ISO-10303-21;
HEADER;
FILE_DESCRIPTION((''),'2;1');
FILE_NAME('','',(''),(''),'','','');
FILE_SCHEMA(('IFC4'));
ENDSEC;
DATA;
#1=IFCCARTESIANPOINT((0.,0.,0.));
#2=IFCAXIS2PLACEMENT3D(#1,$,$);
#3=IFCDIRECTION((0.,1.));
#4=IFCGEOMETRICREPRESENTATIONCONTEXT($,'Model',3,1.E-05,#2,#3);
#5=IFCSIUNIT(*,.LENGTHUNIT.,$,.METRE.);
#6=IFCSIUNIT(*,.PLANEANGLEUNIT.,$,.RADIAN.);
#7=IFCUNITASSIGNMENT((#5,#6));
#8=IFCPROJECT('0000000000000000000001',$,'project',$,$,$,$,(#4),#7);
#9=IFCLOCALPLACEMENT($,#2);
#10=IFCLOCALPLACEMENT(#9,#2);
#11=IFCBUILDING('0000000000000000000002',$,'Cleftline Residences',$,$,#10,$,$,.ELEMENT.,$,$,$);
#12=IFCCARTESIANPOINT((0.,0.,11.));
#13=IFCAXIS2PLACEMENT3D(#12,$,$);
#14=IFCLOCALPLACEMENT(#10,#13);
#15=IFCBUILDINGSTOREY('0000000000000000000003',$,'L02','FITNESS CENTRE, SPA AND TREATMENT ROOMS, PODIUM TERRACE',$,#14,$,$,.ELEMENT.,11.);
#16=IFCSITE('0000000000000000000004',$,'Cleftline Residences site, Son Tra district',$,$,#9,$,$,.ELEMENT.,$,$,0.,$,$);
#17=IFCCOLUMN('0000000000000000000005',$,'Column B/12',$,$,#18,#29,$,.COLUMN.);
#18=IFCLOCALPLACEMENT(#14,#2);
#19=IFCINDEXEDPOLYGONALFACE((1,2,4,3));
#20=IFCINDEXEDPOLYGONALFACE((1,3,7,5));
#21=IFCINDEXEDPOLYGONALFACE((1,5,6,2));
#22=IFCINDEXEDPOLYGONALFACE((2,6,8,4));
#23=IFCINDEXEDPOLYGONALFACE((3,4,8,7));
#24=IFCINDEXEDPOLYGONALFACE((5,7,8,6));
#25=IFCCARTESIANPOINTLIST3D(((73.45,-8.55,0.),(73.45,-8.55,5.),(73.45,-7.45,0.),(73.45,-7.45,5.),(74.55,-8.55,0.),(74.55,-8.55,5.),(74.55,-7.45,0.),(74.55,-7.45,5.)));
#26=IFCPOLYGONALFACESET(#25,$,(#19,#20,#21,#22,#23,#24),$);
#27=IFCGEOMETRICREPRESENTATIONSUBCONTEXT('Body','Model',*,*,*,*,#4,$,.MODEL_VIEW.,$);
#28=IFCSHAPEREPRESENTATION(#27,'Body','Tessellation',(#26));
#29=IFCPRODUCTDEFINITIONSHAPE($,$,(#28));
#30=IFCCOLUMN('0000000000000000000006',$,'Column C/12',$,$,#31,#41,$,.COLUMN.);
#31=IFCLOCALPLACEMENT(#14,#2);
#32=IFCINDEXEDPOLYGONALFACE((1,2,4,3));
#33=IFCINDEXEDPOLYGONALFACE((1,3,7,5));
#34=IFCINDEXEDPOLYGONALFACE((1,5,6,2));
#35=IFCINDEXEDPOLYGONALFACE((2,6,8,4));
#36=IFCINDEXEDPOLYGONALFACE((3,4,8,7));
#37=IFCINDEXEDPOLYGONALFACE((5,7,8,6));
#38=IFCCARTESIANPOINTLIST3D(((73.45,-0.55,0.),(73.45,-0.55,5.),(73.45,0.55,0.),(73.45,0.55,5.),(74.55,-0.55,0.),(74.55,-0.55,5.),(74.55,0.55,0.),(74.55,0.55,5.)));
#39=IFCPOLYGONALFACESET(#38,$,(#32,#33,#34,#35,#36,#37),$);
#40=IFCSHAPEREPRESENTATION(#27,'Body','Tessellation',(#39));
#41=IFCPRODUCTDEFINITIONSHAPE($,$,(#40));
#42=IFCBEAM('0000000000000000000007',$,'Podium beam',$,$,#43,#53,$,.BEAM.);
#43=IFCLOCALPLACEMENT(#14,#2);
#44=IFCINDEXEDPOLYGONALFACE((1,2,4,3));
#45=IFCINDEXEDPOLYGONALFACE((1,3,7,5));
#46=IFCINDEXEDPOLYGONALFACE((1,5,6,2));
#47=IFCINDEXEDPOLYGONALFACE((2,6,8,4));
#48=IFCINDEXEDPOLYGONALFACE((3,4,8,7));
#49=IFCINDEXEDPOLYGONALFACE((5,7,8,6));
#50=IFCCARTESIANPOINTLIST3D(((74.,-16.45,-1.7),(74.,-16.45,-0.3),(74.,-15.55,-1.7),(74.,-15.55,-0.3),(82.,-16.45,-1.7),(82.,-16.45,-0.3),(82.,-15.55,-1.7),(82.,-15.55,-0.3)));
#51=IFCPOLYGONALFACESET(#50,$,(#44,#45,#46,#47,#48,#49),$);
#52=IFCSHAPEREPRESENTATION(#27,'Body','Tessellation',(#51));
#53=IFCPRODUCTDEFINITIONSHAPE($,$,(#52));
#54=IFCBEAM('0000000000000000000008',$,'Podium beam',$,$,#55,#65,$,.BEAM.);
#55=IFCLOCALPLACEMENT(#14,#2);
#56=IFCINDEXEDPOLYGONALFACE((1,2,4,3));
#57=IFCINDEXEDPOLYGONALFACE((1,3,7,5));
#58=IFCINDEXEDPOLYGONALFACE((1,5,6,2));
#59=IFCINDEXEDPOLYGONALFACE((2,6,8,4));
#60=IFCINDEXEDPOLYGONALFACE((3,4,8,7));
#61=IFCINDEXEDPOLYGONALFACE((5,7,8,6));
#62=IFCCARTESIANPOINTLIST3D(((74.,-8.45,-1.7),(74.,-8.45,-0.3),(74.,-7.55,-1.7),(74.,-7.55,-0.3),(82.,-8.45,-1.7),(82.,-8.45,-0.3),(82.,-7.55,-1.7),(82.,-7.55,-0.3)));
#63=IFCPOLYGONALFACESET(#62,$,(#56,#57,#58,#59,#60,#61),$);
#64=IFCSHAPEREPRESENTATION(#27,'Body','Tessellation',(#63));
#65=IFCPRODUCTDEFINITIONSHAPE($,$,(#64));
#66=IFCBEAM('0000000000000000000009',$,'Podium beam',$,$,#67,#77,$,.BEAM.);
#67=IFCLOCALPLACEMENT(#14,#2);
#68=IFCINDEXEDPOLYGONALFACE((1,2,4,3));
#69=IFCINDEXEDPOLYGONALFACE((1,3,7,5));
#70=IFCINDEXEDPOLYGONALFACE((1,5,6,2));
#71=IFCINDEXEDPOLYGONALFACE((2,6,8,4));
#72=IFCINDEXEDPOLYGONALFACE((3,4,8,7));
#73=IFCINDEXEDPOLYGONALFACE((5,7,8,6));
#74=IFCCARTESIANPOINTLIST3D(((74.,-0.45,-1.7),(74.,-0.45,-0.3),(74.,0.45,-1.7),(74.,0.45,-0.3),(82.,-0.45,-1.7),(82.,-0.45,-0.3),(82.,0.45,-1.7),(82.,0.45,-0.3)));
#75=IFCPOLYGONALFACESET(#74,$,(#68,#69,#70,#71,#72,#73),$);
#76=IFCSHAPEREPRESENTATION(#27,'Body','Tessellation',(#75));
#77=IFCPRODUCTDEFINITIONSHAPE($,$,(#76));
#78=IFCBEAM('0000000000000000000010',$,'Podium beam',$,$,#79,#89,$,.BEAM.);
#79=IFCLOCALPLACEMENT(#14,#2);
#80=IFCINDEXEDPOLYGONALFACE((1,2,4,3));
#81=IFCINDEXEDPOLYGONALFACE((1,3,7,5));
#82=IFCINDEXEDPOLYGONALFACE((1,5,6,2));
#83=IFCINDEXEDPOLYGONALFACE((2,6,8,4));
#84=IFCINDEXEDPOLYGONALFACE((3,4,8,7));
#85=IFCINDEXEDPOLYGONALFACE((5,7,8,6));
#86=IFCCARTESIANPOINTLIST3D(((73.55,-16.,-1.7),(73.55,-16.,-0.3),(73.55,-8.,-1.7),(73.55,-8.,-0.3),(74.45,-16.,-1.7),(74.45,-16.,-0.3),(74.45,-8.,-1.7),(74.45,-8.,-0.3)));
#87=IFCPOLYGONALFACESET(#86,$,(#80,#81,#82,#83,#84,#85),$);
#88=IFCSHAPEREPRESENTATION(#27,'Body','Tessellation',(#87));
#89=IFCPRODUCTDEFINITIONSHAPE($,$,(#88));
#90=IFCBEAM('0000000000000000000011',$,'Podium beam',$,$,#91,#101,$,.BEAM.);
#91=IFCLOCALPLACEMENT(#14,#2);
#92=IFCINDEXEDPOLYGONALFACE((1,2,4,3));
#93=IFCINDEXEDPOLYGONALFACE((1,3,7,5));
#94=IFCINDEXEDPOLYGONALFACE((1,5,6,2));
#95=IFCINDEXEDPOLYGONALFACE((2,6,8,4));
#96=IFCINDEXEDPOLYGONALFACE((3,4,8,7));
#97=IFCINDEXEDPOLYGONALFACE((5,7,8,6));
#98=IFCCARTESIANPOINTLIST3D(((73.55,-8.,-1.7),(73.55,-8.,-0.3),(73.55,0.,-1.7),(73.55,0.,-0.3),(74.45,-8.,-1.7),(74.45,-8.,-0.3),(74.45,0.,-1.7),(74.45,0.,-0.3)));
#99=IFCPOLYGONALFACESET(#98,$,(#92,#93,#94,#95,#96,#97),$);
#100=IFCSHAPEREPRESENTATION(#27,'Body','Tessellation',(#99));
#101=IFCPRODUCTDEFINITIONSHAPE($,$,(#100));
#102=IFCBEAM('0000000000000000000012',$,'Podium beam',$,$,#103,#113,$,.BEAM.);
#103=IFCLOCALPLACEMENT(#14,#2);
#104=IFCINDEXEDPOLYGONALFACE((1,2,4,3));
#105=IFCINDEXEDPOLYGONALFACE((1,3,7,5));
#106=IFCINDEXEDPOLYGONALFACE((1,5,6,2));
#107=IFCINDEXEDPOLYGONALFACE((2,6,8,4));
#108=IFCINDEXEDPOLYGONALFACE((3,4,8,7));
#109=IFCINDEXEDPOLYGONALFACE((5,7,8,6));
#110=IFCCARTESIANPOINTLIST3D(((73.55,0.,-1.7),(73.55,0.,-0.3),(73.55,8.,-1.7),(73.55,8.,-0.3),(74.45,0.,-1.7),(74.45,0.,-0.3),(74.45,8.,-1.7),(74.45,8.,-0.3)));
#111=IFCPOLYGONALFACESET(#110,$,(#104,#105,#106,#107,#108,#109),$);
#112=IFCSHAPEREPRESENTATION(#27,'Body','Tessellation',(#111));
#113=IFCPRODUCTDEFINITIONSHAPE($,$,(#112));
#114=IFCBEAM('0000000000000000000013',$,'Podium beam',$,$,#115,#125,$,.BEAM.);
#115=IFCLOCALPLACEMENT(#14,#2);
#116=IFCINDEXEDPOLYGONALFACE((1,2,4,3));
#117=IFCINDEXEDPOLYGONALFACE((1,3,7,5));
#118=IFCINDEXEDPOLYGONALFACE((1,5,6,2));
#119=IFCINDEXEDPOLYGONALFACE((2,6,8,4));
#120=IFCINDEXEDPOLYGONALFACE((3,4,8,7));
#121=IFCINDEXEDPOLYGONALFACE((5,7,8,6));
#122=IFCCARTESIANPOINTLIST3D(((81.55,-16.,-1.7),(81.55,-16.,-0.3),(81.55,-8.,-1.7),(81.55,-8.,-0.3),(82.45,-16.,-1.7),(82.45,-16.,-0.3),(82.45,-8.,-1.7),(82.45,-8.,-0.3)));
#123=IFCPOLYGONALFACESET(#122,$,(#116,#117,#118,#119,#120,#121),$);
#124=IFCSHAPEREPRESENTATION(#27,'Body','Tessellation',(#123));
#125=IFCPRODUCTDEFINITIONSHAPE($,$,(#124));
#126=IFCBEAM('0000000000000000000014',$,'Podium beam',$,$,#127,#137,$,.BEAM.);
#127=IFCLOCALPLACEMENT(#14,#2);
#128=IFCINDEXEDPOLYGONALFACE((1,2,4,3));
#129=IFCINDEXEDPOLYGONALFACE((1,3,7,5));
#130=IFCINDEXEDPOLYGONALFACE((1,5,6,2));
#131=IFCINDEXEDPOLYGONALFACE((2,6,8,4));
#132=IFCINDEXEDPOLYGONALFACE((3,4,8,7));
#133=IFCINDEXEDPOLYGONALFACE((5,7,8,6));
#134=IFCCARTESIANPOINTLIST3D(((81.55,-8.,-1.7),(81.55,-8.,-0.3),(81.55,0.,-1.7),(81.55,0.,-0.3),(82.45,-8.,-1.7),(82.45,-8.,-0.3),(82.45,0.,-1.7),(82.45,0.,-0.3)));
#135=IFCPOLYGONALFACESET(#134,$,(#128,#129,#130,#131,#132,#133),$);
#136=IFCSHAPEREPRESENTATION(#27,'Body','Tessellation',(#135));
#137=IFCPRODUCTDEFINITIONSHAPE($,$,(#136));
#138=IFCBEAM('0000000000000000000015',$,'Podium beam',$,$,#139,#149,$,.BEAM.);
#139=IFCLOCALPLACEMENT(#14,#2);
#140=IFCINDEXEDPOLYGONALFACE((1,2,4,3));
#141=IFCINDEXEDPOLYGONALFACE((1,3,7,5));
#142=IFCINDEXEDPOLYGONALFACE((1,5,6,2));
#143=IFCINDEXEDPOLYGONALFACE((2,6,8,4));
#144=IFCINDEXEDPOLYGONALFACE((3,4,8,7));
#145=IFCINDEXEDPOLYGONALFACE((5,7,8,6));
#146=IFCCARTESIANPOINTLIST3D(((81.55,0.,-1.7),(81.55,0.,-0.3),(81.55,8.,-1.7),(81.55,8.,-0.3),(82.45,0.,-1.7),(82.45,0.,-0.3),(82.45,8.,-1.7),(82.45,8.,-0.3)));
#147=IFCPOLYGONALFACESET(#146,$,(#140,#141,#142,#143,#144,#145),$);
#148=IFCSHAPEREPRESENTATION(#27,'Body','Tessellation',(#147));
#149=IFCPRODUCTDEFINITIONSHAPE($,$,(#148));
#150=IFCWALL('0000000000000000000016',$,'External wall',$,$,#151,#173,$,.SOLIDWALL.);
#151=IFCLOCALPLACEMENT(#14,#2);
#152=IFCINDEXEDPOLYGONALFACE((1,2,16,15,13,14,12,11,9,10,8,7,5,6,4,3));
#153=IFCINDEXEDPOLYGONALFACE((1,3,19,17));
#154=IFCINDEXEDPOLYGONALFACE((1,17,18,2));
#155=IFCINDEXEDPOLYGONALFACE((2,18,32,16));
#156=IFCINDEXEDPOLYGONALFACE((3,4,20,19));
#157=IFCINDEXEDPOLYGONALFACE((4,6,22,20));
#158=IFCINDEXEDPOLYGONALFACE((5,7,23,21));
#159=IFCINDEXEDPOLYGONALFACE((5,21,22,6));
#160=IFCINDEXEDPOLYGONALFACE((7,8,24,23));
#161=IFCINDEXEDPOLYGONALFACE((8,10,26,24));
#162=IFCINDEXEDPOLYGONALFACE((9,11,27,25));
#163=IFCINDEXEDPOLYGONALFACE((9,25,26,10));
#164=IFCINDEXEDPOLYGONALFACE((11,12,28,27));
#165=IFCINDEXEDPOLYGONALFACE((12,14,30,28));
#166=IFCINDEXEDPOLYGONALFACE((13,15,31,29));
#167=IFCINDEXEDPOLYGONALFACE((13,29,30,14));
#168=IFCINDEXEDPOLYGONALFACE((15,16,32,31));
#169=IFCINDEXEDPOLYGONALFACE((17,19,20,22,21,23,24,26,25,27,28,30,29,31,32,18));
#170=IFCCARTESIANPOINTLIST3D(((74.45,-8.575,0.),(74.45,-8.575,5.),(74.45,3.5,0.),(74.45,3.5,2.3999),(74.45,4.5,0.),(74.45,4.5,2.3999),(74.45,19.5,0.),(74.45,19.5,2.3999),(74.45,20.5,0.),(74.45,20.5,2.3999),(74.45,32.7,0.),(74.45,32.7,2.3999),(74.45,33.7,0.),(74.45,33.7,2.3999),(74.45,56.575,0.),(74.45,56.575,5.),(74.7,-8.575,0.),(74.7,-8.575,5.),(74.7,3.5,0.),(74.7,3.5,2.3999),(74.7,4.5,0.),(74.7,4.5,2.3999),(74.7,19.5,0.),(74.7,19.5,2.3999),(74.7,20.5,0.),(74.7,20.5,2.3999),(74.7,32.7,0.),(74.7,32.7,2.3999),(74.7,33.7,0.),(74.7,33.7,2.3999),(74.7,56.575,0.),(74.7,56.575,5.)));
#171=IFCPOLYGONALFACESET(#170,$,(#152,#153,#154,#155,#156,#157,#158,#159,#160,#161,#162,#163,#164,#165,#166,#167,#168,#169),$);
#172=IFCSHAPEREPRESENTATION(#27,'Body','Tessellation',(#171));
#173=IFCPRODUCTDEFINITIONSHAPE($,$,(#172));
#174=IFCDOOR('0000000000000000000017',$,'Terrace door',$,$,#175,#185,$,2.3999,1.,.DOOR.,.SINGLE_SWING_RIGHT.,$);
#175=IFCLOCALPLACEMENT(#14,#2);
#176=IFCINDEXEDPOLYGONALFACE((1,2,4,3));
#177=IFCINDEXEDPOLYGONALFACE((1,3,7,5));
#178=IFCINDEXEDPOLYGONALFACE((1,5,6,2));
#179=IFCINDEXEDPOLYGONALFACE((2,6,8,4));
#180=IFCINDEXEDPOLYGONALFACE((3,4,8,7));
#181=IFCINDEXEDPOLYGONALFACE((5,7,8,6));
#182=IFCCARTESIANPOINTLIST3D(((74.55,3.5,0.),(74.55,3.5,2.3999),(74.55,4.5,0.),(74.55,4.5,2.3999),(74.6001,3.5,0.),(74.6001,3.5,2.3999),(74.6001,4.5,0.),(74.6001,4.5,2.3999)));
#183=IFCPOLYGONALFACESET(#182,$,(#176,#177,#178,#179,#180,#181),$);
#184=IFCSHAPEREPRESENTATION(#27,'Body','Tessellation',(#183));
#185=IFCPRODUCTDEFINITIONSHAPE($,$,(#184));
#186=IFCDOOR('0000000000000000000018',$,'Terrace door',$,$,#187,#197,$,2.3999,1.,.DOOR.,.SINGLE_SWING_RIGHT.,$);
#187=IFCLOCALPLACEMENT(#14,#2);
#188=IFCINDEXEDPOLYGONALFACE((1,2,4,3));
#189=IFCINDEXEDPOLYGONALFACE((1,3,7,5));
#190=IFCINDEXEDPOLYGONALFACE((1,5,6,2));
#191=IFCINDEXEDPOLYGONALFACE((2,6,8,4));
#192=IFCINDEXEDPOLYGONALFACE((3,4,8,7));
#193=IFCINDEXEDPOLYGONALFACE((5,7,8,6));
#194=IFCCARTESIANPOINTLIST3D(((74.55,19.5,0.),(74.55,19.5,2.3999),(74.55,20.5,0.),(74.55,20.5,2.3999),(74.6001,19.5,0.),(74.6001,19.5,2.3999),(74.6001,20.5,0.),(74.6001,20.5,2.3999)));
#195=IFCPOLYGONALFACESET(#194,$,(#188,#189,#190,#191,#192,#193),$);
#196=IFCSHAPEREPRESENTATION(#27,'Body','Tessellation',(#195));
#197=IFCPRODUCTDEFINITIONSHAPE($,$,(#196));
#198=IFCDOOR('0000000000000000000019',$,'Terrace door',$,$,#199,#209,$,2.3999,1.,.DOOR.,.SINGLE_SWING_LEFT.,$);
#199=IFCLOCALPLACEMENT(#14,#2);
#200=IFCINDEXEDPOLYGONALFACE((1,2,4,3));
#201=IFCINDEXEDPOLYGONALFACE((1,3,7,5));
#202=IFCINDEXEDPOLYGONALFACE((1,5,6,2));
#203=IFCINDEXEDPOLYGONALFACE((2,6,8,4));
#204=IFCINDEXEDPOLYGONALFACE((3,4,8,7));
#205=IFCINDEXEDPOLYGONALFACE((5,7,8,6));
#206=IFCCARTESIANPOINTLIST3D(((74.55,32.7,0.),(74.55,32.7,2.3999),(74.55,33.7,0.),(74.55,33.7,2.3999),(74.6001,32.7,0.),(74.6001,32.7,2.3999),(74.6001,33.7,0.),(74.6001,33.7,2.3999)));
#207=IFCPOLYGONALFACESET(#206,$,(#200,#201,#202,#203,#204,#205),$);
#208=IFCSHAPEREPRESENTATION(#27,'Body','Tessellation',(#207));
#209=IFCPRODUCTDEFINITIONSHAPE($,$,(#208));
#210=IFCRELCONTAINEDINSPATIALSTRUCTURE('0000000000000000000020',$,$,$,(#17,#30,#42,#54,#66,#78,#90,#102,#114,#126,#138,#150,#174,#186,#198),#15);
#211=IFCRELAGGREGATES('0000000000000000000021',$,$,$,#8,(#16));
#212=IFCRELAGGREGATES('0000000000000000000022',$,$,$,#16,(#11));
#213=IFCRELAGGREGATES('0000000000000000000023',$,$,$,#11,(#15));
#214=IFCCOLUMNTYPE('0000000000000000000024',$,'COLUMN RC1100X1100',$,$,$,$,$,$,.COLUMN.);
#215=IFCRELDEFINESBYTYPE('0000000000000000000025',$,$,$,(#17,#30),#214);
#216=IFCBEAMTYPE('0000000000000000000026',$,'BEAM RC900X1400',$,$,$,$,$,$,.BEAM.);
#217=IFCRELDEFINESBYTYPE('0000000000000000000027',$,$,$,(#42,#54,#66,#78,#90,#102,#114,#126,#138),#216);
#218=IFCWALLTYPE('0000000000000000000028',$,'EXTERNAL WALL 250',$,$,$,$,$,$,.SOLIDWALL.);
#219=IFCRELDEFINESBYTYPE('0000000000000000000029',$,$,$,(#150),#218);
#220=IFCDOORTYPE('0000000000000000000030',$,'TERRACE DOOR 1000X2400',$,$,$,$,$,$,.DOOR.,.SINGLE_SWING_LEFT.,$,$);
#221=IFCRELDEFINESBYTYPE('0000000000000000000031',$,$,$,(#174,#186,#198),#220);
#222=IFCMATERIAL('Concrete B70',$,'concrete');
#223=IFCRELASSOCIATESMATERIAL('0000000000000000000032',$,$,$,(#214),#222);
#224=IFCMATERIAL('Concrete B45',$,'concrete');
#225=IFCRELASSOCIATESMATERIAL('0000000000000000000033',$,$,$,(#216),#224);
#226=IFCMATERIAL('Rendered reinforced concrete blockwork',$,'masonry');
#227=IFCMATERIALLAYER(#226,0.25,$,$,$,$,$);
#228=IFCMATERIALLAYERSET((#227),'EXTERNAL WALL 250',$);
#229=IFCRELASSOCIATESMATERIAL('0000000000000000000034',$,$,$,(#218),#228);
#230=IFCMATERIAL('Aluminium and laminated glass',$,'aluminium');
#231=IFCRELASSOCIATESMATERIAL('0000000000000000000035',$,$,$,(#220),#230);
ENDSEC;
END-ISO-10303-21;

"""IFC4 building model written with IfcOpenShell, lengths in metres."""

from ifc_helpers import new_model, si_unit, direction, frame, frame_2d, origin, origin_2d, place, context, subcontext, project, spatial, rectangle, extrude, material, layer, layer_set, material_profile, profile_set, type_object, element, fill, save


model = new_model("IFC4")

# Units and contexts
model_context = context("Model", 3, precision=1e-05, world=origin(), true_north=direction((0.0, 1.0)))
body_context = subcontext(model_context, "Body", "Model", "MODEL_VIEW")
ifc_project = project(units=[si_unit("LENGTHUNIT", "METRE"), si_unit("PLANEANGLEUNIT", "RADIAN")], contexts=[model_context])

# Site, building, storey
site_placement = place(None, origin())
site = spatial("IfcSite", under=ifc_project, at=site_placement, Name="Cleftline Residences site, Son Tra district", CompositionType="ELEMENT", RefElevation=0.0)
building_placement = place(site_placement, origin())
building = spatial("IfcBuilding", under=site, at=building_placement, Name="Cleftline Residences", CompositionType="ELEMENT")
storey_placement = place(building_placement, frame((0.0, 0.0, 11.0)))
storey = spatial("IfcBuildingStorey", under=building, at=storey_placement, Name="L02", Description="FITNESS CENTRE, SPA AND TREATMENT ROOMS, PODIUM TERRACE", CompositionType="ELEMENT", Elevation=11.0)

# Columns
ifc_material_1 = material(Name="Concrete B70", Category="concrete")
ifc_material_profile_1 = material_profile(ifc_material_1, rectangle(XDim=1.1001, YDim=1.1001, at=origin_2d()))
ifc_profile_set_1 = profile_set([ifc_material_profile_1], Name="Concrete B70")
column_type = type_object("IfcColumnType", Name="COLUMN RC1100X1100", PredefinedType="COLUMN", material=ifc_profile_set_1)
for number, where, z_axis, x_axis, name in (
    (1, (74.0, -8.0, 0.0), (0.0, 0.0, 1.0), (1.0, 0.0, 0.0), "Column B/12"),
    (2, (74.0, 0.0, 0.0), (0.0, 0.0, 1.0), (1.0, 0.0, 0.0), "Column C/12"),
):
    element("IfcColumn", number, at=place(storey_placement, frame(where, z_axis=z_axis, x_axis=x_axis)), inside=storey, type_object=column_type, Name=name, PredefinedType="COLUMN", context=body_context, shape_type="SweptSolid", body=[
        extrude(rectangle(XDim=1.1001, YDim=1.1001, at=origin_2d()), origin(), (0.0, 0.0, 1.0), 5.0),
    ])

# Beams
ifc_material_2 = material(Name="Concrete B45", Category="concrete")
ifc_material_profile_2 = material_profile(ifc_material_2, rectangle(XDim=0.8999, YDim=1.3999, at=origin_2d()))
ifc_profile_set_2 = profile_set([ifc_material_profile_2], Name="Concrete B45")
beam_type = type_object("IfcBeamType", Name="BEAM RC900X1400", PredefinedType="BEAM", material=ifc_profile_set_2)
for number, where, z_axis, x_axis, name in (
    (3, (74.0, -16.0, -1.0), (1.0, 0.0, 0.0), (0.0, 1.0, 0.0), "Podium beam"),
    (4, (74.0, -8.0, -1.0), (1.0, 0.0, 0.0), (0.0, 1.0, 0.0), "Podium beam"),
    (5, (74.0, 0.0, -1.0), (1.0, 0.0, 0.0), (0.0, 1.0, 0.0), "Podium beam"),
    (6, (74.0, -16.0, -1.0), (0.0, 1.0, 0.0), (-1.0, 0.0, 0.0), "Podium beam"),
    (7, (74.0, -8.0, -1.0), (0.0, 1.0, 0.0), (-1.0, 0.0, 0.0), "Podium beam"),
    (8, (74.0, 0.0, -1.0), (0.0, 1.0, 0.0), (-1.0, 0.0, 0.0), "Podium beam"),
    (9, (82.0, -16.0, -1.0), (0.0, 1.0, 0.0), (-1.0, 0.0, 0.0), "Podium beam"),
    (10, (82.0, -8.0, -1.0), (0.0, 1.0, 0.0), (-1.0, 0.0, 0.0), "Podium beam"),
    (11, (82.0, 0.0, -1.0), (0.0, 1.0, 0.0), (-1.0, 0.0, 0.0), "Podium beam"),
):
    element("IfcBeam", number, at=place(storey_placement, frame(where, z_axis=z_axis, x_axis=x_axis)), inside=storey, type_object=beam_type, Name=name, PredefinedType="BEAM", context=body_context, shape_type="SweptSolid", body=[
        extrude(rectangle(XDim=0.8999, YDim=1.3999, at=origin_2d()), origin(), (0.0, 0.0, 1.0), 8.0),
    ])

# Wall, openings, doors
ifc_material_3 = material(Name="Rendered reinforced concrete blockwork", Category="masonry")
ifc_layer_1 = layer(ifc_material_3, 0.25)
ifc_layer_set_1 = layer_set([ifc_layer_1], Name="EXTERNAL WALL 250")
wall_type_1 = type_object("IfcWallType", Name="EXTERNAL WALL 250", PredefinedType="SOLIDWALL", material=ifc_layer_set_1)
wall_1_placement = place(storey_placement, frame((74.575, -8.575, 0.0), z_axis=(0.0, 0.0, 1.0), x_axis=(0.0, 1.0, 0.0)))
wall_1 = element("IfcWall", 12, at=wall_1_placement, inside=storey, type_object=wall_type_1, Name="External wall", PredefinedType="SOLIDWALL", context=body_context, shape_type="SweptSolid", body=[
    extrude(rectangle(XDim=65.1499, YDim=0.25, at=frame_2d((32.575, 0.0))), origin(), (0.0, 0.0, 1.0), 5.0),
])
opening_1_placement = place(wall_1_placement, frame((12.075, 0.0, 0.0)))
opening_1 = element("IfcOpeningElement", 13, at=opening_1_placement, cuts=wall_1, PredefinedType="OPENING", context=body_context, shape_type="SweptSolid", body=[
    extrude(rectangle(XDim=1.0, YDim=2.3999, at=frame_2d((0.5, 1.2))), frame((0.0, 0.135, 0.0), z_axis=(0.0, -1.0, 0.0), x_axis=(1.0, 0.0, 0.0)), (0.0, 0.0, 1.0), 0.27),
])
opening_2_placement = place(wall_1_placement, frame((28.075, 0.0, 0.0)))
opening_2 = element("IfcOpeningElement", 14, at=opening_2_placement, cuts=wall_1, PredefinedType="OPENING", context=body_context, shape_type="SweptSolid", body=[
    extrude(rectangle(XDim=1.0, YDim=2.3999, at=frame_2d((0.5, 1.2))), frame((0.0, 0.135, 0.0), z_axis=(0.0, -1.0, 0.0), x_axis=(1.0, 0.0, 0.0)), (0.0, 0.0, 1.0), 0.27),
])
opening_3_placement = place(wall_1_placement, frame((41.2749, 0.0, 0.0)))
opening_3 = element("IfcOpeningElement", 15, at=opening_3_placement, cuts=wall_1, PredefinedType="OPENING", context=body_context, shape_type="SweptSolid", body=[
    extrude(rectangle(XDim=1.0, YDim=2.3999, at=frame_2d((0.5, 1.2))), frame((0.0, 0.135, 0.0), z_axis=(0.0, -1.0, 0.0), x_axis=(1.0, 0.0, 0.0)), (0.0, 0.0, 1.0), 0.27),
])
ifc_material_4 = material(Name="Aluminium and laminated glass", Category="aluminium")
door_type_1 = type_object("IfcDoorType", Name="TERRACE DOOR 1000X2400", OperationType="SINGLE_SWING_LEFT", PredefinedType="DOOR", material=ifc_material_4)
door_1_placement = place(opening_1_placement, origin())
door_1 = element("IfcDoor", 16, at=door_1_placement, inside=storey, type_object=door_type_1, Name="Terrace door", OperationType="SINGLE_SWING_RIGHT", OverallHeight=2.3999, OverallWidth=1.0, PredefinedType="DOOR", context=body_context, shape_type="SweptSolid", body=[
    extrude(rectangle(XDim=1.0, YDim=2.3999, at=frame_2d((0.5, 1.2))), frame((0.0, 0.0249, 0.0), z_axis=(0.0, -1.0, 0.0), x_axis=(1.0, 0.0, 0.0)), (0.0, 0.0, 1.0), 0.05),
])
fill(opening_1, door_1)
door_2_placement = place(opening_2_placement, origin())
door_2 = element("IfcDoor", 17, at=door_2_placement, inside=storey, type_object=door_type_1, Name="Terrace door", OperationType="SINGLE_SWING_RIGHT", OverallHeight=2.3999, OverallWidth=1.0, PredefinedType="DOOR", context=body_context, shape_type="SweptSolid", body=[
    extrude(rectangle(XDim=1.0, YDim=2.3999, at=frame_2d((0.5, 1.2))), frame((0.0, 0.0249, 0.0), z_axis=(0.0, -1.0, 0.0), x_axis=(1.0, 0.0, 0.0)), (0.0, 0.0, 1.0), 0.05),
])
fill(opening_2, door_2)
door_3_placement = place(opening_3_placement, origin())
door_3 = element("IfcDoor", 18, at=door_3_placement, inside=storey, type_object=door_type_1, Name="Terrace door", OperationType="SINGLE_SWING_LEFT", OverallHeight=2.3999, OverallWidth=1.0, PredefinedType="DOOR", context=body_context, shape_type="SweptSolid", body=[
    extrude(rectangle(XDim=1.0, YDim=2.3999, at=frame_2d((0.5, 1.2))), frame((0.0, 0.0249, 0.0), z_axis=(0.0, -1.0, 0.0), x_axis=(1.0, 0.0, 0.0)), (0.0, 0.0, 1.0), 0.05),
])
fill(opening_3, door_3)

save(model, "model.ifc")
